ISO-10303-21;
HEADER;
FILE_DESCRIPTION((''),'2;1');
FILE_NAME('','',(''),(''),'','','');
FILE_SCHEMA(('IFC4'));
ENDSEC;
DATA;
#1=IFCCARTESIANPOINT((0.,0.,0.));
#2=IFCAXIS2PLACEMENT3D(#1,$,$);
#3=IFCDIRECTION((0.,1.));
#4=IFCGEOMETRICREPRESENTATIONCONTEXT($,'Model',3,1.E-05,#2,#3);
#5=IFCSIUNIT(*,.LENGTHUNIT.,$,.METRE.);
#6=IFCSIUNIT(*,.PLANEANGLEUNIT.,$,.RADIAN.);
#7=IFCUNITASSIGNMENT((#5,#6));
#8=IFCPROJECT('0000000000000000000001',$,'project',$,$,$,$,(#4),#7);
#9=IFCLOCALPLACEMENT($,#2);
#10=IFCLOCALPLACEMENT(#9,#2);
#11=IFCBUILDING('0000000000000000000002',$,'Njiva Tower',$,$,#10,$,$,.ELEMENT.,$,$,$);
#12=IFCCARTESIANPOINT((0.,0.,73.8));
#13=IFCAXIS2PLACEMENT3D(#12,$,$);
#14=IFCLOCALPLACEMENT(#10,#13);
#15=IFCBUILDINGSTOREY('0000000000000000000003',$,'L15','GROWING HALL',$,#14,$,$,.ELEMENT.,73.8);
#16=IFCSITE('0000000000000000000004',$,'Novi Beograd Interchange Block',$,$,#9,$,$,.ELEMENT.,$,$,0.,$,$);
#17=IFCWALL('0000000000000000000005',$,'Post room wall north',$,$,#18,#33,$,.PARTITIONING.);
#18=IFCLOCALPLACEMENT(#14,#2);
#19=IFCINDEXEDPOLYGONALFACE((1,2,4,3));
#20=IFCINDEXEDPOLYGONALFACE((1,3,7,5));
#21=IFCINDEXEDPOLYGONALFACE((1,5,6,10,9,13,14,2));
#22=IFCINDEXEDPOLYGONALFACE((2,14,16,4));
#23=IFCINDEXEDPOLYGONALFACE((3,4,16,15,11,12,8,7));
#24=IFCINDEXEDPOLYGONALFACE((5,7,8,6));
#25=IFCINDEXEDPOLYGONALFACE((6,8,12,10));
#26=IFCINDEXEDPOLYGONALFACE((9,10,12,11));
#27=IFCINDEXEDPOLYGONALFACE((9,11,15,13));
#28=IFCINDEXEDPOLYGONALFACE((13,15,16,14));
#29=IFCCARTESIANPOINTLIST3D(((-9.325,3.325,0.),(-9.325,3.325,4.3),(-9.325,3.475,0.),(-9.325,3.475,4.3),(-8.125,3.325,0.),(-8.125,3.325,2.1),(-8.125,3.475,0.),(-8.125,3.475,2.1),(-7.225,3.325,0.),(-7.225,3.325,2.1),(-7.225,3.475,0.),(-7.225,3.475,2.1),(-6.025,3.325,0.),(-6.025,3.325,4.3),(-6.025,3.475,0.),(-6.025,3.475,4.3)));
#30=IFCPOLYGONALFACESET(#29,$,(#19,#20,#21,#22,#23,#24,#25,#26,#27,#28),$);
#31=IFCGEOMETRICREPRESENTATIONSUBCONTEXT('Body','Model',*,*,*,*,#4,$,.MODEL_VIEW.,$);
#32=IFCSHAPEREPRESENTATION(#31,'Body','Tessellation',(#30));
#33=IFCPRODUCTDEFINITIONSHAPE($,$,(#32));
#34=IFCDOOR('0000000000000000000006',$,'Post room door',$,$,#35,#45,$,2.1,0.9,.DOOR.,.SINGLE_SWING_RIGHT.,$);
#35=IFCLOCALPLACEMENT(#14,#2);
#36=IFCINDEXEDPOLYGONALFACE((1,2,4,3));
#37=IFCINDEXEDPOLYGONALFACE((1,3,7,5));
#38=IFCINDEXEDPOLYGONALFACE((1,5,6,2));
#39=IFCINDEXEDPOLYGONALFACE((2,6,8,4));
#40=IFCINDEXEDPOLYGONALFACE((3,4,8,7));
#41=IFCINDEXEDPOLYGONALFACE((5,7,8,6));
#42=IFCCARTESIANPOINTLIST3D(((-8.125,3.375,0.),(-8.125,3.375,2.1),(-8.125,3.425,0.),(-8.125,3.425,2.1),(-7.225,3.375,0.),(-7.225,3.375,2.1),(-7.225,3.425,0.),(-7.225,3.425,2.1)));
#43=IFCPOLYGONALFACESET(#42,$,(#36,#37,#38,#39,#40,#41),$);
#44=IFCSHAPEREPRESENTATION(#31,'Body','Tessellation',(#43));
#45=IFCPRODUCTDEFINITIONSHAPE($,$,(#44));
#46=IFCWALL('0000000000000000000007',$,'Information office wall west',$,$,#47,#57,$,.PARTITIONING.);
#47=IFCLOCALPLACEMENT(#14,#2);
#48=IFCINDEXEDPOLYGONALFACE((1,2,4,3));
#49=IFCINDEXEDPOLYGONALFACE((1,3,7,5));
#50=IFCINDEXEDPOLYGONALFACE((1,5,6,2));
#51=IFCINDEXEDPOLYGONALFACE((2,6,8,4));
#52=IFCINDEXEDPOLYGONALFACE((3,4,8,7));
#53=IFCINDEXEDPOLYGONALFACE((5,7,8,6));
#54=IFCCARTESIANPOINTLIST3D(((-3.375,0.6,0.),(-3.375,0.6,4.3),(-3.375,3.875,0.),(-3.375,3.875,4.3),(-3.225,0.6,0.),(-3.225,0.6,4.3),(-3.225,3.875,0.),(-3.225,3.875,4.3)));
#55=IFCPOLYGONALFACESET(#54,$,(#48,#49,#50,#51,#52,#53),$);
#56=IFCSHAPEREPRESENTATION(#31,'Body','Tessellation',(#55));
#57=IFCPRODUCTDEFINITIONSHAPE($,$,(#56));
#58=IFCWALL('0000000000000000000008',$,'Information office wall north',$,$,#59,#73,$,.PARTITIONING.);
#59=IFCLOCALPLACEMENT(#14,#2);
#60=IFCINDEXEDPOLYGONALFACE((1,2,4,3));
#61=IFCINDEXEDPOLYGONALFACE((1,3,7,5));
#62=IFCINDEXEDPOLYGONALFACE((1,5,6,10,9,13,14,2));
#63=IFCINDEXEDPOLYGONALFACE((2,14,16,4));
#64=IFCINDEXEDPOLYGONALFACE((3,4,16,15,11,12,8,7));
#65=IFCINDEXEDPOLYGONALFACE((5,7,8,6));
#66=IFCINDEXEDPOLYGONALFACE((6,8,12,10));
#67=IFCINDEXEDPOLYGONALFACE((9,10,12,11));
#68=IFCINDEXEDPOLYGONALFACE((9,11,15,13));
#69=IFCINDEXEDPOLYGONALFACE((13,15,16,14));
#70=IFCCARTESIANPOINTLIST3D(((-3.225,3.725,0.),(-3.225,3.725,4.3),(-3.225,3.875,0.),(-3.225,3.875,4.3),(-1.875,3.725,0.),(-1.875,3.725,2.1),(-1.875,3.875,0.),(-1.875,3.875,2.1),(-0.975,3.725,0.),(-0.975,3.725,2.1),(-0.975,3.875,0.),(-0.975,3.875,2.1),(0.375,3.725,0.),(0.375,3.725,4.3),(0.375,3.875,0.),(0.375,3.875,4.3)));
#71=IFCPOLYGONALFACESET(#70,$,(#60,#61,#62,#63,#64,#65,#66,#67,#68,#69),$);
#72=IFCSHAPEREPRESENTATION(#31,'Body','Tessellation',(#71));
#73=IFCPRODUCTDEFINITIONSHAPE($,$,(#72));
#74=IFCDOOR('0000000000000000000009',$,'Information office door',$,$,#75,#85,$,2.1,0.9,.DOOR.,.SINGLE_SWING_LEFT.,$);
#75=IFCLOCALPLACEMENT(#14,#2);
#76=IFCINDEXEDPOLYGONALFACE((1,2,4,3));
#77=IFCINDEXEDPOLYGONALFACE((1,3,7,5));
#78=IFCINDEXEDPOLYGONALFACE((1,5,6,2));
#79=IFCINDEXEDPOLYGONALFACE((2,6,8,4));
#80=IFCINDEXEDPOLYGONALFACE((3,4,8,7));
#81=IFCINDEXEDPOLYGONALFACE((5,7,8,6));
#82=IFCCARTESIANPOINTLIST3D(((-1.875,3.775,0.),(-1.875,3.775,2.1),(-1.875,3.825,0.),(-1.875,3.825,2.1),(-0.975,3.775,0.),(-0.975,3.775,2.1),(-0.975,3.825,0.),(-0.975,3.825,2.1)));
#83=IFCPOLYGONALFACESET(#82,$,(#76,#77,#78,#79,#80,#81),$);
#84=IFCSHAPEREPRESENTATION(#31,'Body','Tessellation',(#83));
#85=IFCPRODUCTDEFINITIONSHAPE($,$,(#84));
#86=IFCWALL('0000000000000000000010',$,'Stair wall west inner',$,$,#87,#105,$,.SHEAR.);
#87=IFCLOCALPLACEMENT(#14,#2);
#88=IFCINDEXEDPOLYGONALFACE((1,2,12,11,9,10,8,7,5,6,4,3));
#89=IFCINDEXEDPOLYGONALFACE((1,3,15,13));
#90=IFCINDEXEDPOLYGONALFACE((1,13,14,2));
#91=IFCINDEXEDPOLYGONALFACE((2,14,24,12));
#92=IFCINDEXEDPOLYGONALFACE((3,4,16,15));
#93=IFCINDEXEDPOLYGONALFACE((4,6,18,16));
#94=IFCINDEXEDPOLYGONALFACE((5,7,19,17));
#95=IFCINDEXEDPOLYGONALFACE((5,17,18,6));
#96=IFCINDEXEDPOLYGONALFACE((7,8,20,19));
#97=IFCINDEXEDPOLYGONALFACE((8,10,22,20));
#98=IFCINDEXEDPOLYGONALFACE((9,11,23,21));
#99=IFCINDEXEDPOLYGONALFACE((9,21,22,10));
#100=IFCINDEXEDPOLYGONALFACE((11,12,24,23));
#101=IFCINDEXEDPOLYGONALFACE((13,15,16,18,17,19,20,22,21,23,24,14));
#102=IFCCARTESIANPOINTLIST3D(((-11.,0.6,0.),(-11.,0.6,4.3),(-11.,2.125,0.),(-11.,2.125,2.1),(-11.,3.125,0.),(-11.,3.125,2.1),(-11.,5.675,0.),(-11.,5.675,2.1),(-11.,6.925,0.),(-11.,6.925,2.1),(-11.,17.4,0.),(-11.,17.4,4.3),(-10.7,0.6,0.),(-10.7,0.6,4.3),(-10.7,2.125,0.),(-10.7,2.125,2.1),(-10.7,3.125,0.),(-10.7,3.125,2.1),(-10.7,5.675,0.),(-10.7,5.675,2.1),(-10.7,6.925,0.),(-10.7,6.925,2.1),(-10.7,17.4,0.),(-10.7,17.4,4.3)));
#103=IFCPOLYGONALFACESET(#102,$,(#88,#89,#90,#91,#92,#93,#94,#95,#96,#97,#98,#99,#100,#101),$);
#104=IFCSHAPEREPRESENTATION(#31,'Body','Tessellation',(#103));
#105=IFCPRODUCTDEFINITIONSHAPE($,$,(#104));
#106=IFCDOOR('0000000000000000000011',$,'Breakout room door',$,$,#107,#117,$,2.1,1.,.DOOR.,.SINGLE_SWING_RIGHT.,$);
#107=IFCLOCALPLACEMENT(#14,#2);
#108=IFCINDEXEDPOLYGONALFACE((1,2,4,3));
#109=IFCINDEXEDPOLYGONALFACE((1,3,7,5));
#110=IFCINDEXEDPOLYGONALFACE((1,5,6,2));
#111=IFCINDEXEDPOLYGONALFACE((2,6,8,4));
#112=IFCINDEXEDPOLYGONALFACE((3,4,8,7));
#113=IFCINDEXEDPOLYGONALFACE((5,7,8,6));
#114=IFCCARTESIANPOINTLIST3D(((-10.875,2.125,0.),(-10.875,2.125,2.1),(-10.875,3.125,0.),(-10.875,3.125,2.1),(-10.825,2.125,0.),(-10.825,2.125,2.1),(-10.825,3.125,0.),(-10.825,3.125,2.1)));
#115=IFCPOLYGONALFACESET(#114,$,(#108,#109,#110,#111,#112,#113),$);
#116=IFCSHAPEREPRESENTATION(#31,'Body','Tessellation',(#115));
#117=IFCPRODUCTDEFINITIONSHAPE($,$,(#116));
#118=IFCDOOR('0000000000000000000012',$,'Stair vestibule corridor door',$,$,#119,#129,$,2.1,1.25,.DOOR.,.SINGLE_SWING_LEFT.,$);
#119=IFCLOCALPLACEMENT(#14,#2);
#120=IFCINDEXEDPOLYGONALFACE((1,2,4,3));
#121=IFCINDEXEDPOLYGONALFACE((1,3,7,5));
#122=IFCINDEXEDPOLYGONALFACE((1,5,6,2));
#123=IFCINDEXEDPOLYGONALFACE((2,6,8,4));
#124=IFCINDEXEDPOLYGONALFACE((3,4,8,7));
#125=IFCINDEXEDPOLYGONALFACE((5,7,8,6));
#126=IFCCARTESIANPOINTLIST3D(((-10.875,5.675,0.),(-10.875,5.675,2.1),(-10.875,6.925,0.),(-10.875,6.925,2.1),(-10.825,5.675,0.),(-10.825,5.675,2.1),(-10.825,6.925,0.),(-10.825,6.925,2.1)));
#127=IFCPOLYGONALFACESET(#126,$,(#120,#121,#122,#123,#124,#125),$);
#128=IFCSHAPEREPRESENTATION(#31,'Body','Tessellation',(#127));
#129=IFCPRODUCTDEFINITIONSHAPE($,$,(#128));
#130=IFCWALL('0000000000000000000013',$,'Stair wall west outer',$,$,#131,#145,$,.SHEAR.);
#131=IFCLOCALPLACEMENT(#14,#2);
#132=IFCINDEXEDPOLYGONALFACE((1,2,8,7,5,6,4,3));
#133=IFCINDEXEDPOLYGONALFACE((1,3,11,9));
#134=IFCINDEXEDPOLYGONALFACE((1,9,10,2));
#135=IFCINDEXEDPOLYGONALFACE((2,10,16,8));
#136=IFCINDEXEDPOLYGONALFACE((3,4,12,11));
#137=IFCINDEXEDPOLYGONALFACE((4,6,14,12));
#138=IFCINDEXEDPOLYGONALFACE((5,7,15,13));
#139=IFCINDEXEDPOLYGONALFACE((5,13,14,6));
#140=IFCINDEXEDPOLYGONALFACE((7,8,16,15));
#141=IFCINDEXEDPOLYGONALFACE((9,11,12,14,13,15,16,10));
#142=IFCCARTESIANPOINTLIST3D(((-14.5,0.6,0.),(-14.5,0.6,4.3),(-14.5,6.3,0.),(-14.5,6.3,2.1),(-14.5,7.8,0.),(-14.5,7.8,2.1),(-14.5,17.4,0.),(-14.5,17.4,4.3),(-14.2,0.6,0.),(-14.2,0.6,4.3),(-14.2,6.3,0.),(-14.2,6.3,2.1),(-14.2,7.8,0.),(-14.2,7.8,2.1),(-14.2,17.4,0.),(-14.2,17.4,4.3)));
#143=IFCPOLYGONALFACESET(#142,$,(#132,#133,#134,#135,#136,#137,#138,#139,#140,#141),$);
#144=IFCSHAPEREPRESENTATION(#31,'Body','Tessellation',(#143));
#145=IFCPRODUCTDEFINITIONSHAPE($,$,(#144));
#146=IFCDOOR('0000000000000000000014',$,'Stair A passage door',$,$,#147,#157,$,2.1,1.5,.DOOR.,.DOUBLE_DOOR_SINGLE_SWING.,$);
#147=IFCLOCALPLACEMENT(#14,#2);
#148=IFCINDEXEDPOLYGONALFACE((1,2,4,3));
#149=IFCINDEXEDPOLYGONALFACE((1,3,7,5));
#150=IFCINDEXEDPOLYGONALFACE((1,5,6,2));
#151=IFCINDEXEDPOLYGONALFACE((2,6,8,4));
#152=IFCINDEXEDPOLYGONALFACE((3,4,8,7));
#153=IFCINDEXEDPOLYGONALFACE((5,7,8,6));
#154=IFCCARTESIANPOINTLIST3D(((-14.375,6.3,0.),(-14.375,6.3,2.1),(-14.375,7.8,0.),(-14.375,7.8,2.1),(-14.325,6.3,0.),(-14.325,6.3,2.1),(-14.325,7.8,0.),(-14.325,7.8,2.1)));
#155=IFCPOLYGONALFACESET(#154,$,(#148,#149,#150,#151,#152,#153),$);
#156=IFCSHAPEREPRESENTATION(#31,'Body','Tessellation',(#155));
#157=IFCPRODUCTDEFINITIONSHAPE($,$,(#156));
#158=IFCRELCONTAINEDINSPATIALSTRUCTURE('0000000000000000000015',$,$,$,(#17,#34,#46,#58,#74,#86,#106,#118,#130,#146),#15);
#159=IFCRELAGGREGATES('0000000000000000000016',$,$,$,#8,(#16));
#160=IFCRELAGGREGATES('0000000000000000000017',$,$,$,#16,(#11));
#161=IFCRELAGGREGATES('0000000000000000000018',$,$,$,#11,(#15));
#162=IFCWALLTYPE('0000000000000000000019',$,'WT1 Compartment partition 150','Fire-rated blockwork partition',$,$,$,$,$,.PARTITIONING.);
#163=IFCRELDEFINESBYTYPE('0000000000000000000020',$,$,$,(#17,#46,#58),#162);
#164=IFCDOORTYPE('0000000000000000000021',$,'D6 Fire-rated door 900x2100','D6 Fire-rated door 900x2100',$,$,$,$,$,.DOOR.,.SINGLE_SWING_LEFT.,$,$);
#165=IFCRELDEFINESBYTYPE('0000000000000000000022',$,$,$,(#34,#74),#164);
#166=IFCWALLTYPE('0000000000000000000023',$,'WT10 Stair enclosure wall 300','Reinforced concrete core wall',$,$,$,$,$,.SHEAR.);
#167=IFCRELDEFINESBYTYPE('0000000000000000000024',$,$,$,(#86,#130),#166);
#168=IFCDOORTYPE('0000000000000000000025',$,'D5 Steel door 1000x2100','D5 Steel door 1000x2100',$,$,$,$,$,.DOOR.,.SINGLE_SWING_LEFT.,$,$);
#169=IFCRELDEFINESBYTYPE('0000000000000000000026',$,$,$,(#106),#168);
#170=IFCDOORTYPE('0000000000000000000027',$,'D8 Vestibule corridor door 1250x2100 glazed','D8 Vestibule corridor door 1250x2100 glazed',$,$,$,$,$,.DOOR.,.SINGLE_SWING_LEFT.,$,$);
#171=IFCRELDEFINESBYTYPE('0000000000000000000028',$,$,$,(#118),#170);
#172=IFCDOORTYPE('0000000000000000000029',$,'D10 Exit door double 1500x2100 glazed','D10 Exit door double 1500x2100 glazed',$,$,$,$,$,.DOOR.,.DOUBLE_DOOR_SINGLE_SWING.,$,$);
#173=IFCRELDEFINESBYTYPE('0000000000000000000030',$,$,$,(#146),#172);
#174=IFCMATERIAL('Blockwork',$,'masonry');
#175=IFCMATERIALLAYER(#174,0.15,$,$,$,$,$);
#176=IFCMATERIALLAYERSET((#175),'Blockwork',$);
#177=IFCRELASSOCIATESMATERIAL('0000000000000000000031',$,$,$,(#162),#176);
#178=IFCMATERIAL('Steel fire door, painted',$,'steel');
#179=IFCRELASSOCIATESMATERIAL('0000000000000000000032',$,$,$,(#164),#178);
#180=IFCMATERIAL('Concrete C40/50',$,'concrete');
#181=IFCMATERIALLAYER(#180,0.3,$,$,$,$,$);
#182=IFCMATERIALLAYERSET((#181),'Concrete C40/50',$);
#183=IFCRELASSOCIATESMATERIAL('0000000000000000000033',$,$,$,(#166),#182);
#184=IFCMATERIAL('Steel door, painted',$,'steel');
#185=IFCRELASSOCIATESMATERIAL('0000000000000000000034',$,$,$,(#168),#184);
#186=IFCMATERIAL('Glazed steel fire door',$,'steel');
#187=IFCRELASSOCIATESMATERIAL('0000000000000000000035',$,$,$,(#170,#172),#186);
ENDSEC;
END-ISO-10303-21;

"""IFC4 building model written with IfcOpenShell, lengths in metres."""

from ifc_helpers import new_model, si_unit, direction, frame, frame_2d, origin, place, context, subcontext, project, spatial, rectangle, extrude, material, layer, layer_set, type_object, element, fill, save


model = new_model("IFC4")

# Units and contexts
model_context = context("Model", 3, precision=1e-05, world=origin(), true_north=direction((0.0, 1.0)))
body_context = subcontext(model_context, "Body", "Model", "MODEL_VIEW")
ifc_project = project(units=[si_unit("LENGTHUNIT", "METRE"), si_unit("PLANEANGLEUNIT", "RADIAN")], contexts=[model_context])

# Site, building, storey
site_placement = place(None, origin())
site = spatial("IfcSite", under=ifc_project, at=site_placement, Name="Novi Beograd Interchange Block", CompositionType="ELEMENT", RefElevation=0.0)
building_placement = place(site_placement, origin())
building = spatial("IfcBuilding", under=site, at=building_placement, Name="Njiva Tower", CompositionType="ELEMENT")
storey_placement = place(building_placement, frame((0.0, 0.0, 73.8)))
storey = spatial("IfcBuildingStorey", under=building, at=storey_placement, Name="L15", Description="GROWING HALL", CompositionType="ELEMENT", Elevation=73.8)

# Shared definitions
ifc_material_1 = material(Name="Blockwork", Category="masonry")
ifc_layer_1 = layer(ifc_material_1, 0.15)
ifc_layer_set_1 = layer_set([ifc_layer_1], Name="Blockwork")
wall_type_1 = type_object("IfcWallType", Name="WT1 Compartment partition 150", Description="Fire-rated blockwork partition", PredefinedType="PARTITIONING", material=ifc_layer_set_1)

# Wall, opening, door
wall_1_placement = place(storey_placement, frame((-9.325, 3.4, 0.0), z_axis=(0.0, 0.0, 1.0), x_axis=(1.0, 0.0, 0.0)))
wall_1 = element("IfcWall", 1, at=wall_1_placement, inside=storey, type_object=wall_type_1, Name="Post room wall north", PredefinedType="PARTITIONING", context=body_context, shape_type="SweptSolid", body=[
    extrude(rectangle(XDim=3.3, YDim=0.15, at=frame_2d((1.65, 0.0))), origin(), (0.0, 0.0, 1.0), 4.3),
])
opening_1_placement = place(wall_1_placement, frame((1.2, 0.0, 0.0)))
opening_1 = element("IfcOpeningElement", 2, at=opening_1_placement, cuts=wall_1, PredefinedType="OPENING", context=body_context, shape_type="SweptSolid", body=[
    extrude(rectangle(XDim=0.9, YDim=2.1, at=frame_2d((0.45, 1.05))), frame((0.0, 0.085, 0.0), z_axis=(0.0, -1.0, 0.0), x_axis=(1.0, 0.0, 0.0)), (0.0, 0.0, 1.0), 0.17),
])
ifc_material_2 = material(Name="Steel fire door, painted", Category="steel")
door_type_1 = type_object("IfcDoorType", Name="D6 Fire-rated door 900x2100", Description="D6 Fire-rated door 900x2100", OperationType="SINGLE_SWING_LEFT", PredefinedType="DOOR", material=ifc_material_2)
door_1_placement = place(opening_1_placement, origin())
door_1 = element("IfcDoor", 3, at=door_1_placement, inside=storey, type_object=door_type_1, Name="Post room door", OperationType="SINGLE_SWING_RIGHT", OverallHeight=2.1, OverallWidth=0.9, PredefinedType="DOOR", context=body_context, shape_type="SweptSolid", body=[
    extrude(rectangle(XDim=0.9, YDim=2.1, at=frame_2d((0.45, 1.05))), frame((0.0, 0.025, 0.0), z_axis=(0.0, -1.0, 0.0), x_axis=(1.0, 0.0, 0.0)), (0.0, 0.0, 1.0), 0.05),
])
fill(opening_1, door_1)

# Wall
wall_2_placement = place(storey_placement, frame((-3.3, 0.6, 0.0), z_axis=(0.0, 0.0, 1.0), x_axis=(0.0, 1.0, 0.0)))
element("IfcWall", 4, at=wall_2_placement, inside=storey, type_object=wall_type_1, Name="Information office wall west", PredefinedType="PARTITIONING", context=body_context, shape_type="SweptSolid", body=[
    extrude(rectangle(XDim=3.275, YDim=0.15, at=frame_2d((1.6375, 0.0))), origin(), (0.0, 0.0, 1.0), 4.3),
])

# Wall, opening, door
wall_3_placement = place(storey_placement, frame((-3.225, 3.8, 0.0), z_axis=(0.0, 0.0, 1.0), x_axis=(1.0, 0.0, 0.0)))
wall_3 = element("IfcWall", 5, at=wall_3_placement, inside=storey, type_object=wall_type_1, Name="Information office wall north", PredefinedType="PARTITIONING", context=body_context, shape_type="SweptSolid", body=[
    extrude(rectangle(XDim=3.6, YDim=0.15, at=frame_2d((1.8, 0.0))), origin(), (0.0, 0.0, 1.0), 4.3),
])
opening_2_placement = place(wall_3_placement, frame((1.35, 0.0, 0.0)))
opening_2 = element("IfcOpeningElement", 6, at=opening_2_placement, cuts=wall_3, PredefinedType="OPENING", context=body_context, shape_type="SweptSolid", body=[
    extrude(rectangle(XDim=0.9, YDim=2.1, at=frame_2d((0.45, 1.05))), frame((0.0, 0.085, 0.0), z_axis=(0.0, -1.0, 0.0), x_axis=(1.0, 0.0, 0.0)), (0.0, 0.0, 1.0), 0.17),
])
door_2_placement = place(opening_2_placement, origin())
door_2 = element("IfcDoor", 7, at=door_2_placement, inside=storey, type_object=door_type_1, Name="Information office door", OperationType="SINGLE_SWING_LEFT", OverallHeight=2.1, OverallWidth=0.9, PredefinedType="DOOR", context=body_context, shape_type="SweptSolid", body=[
    extrude(rectangle(XDim=0.9, YDim=2.1, at=frame_2d((0.45, 1.05))), frame((0.0, 0.025, 0.0), z_axis=(0.0, -1.0, 0.0), x_axis=(1.0, 0.0, 0.0)), (0.0, 0.0, 1.0), 0.05),
])
fill(opening_2, door_2)

# Wall, openings, doors
ifc_material_3 = material(Name="Concrete C40/50", Category="concrete")
ifc_layer_2 = layer(ifc_material_3, 0.3)
ifc_layer_set_2 = layer_set([ifc_layer_2], Name="Concrete C40/50")
wall_type_2 = type_object("IfcWallType", Name="WT10 Stair enclosure wall 300", Description="Reinforced concrete core wall", PredefinedType="SHEAR", material=ifc_layer_set_2)
wall_4_placement = place(storey_placement, frame((-10.85, 0.6, 0.0), z_axis=(0.0, 0.0, 1.0), x_axis=(0.0, 1.0, 0.0)))
wall_4 = element("IfcWall", 8, at=wall_4_placement, inside=storey, type_object=wall_type_2, Name="Stair wall west inner", PredefinedType="SHEAR", context=body_context, shape_type="SweptSolid", body=[
    extrude(rectangle(XDim=16.8, YDim=0.3, at=frame_2d((8.4, 0.0))), origin(), (0.0, 0.0, 1.0), 4.3),
])
opening_3_placement = place(wall_4_placement, frame((5.075, 0.0, 0.0)))
opening_3 = element("IfcOpeningElement", 9, at=opening_3_placement, cuts=wall_4, PredefinedType="OPENING", context=body_context, shape_type="SweptSolid", body=[
    extrude(rectangle(XDim=1.25, YDim=2.1, at=frame_2d((0.625, 1.05))), frame((0.0, 0.16, 0.0), z_axis=(0.0, -1.0, 0.0), x_axis=(1.0, 0.0, 0.0)), (0.0, 0.0, 1.0), 0.32),
])
opening_4_placement = place(wall_4_placement, frame((1.525, 0.0, 0.0)))
opening_4 = element("IfcOpeningElement", 10, at=opening_4_placement, cuts=wall_4, PredefinedType="OPENING", context=body_context, shape_type="SweptSolid", body=[
    extrude(rectangle(XDim=1.0, YDim=2.1, at=frame_2d((0.5, 1.05))), frame((0.0, 0.16, 0.0), z_axis=(0.0, -1.0, 0.0), x_axis=(1.0, 0.0, 0.0)), (0.0, 0.0, 1.0), 0.32),
])
ifc_material_4 = material(Name="Steel door, painted", Category="steel")
door_type_2 = type_object("IfcDoorType", Name="D5 Steel door 1000x2100", Description="D5 Steel door 1000x2100", OperationType="SINGLE_SWING_LEFT", PredefinedType="DOOR", material=ifc_material_4)
door_3_placement = place(opening_4_placement, origin())
door_3 = element("IfcDoor", 11, at=door_3_placement, inside=storey, type_object=door_type_2, Name="Breakout room door", OperationType="SINGLE_SWING_RIGHT", OverallHeight=2.1, OverallWidth=1.0, PredefinedType="DOOR", context=body_context, shape_type="SweptSolid", body=[
    extrude(rectangle(XDim=1.0, YDim=2.1, at=frame_2d((0.5, 1.05))), frame((0.0, 0.025, 0.0), z_axis=(0.0, -1.0, 0.0), x_axis=(1.0, 0.0, 0.0)), (0.0, 0.0, 1.0), 0.05),
])
fill(opening_4, door_3)
ifc_material_5 = material(Name="Glazed steel fire door", Category="steel")
door_type_3 = type_object("IfcDoorType", Name="D8 Vestibule corridor door 1250x2100 glazed", Description="D8 Vestibule corridor door 1250x2100 glazed", OperationType="SINGLE_SWING_LEFT", PredefinedType="DOOR", material=ifc_material_5)
door_4_placement = place(opening_3_placement, origin())
door_4 = element("IfcDoor", 12, at=door_4_placement, inside=storey, type_object=door_type_3, Name="Stair vestibule corridor door", OperationType="SINGLE_SWING_LEFT", OverallHeight=2.1, OverallWidth=1.25, PredefinedType="DOOR", context=body_context, shape_type="SweptSolid", body=[
    extrude(rectangle(XDim=1.25, YDim=2.1, at=frame_2d((0.625, 1.05))), frame((0.0, 0.025, 0.0), z_axis=(0.0, -1.0, 0.0), x_axis=(1.0, 0.0, 0.0)), (0.0, 0.0, 1.0), 0.05),
])
fill(opening_3, door_4)

# Wall, opening, door
wall_5_placement = place(storey_placement, frame((-14.35, 0.6, 0.0), z_axis=(0.0, 0.0, 1.0), x_axis=(0.0, 1.0, 0.0)))
wall_5 = element("IfcWall", 13, at=wall_5_placement, inside=storey, type_object=wall_type_2, Name="Stair wall west outer", PredefinedType="SHEAR", context=body_context, shape_type="SweptSolid", body=[
    extrude(rectangle(XDim=16.8, YDim=0.3, at=frame_2d((8.4, 0.0))), origin(), (0.0, 0.0, 1.0), 4.3),
])
opening_5_placement = place(wall_5_placement, frame((5.7, 0.0, 0.0)))
opening_5 = element("IfcOpeningElement", 14, at=opening_5_placement, cuts=wall_5, PredefinedType="OPENING", context=body_context, shape_type="SweptSolid", body=[
    extrude(rectangle(XDim=1.5, YDim=2.1, at=frame_2d((0.75, 1.05))), frame((0.0, 0.16, 0.0), z_axis=(0.0, -1.0, 0.0), x_axis=(1.0, 0.0, 0.0)), (0.0, 0.0, 1.0), 0.32),
])
door_type_4 = type_object("IfcDoorType", Name="D10 Exit door double 1500x2100 glazed", Description="D10 Exit door double 1500x2100 glazed", OperationType="DOUBLE_DOOR_SINGLE_SWING", PredefinedType="DOOR", material=ifc_material_5)
door_5_placement = place(opening_5_placement, origin())
door_5 = element("IfcDoor", 15, at=door_5_placement, inside=storey, type_object=door_type_4, Name="Stair A passage door", OperationType="DOUBLE_DOOR_SINGLE_SWING", OverallHeight=2.1, OverallWidth=1.5, PredefinedType="DOOR", context=body_context, shape_type="SweptSolid", body=[
    extrude(rectangle(XDim=1.5, YDim=2.1, at=frame_2d((0.75, 1.05))), frame((0.0, 0.025, 0.0), z_axis=(0.0, -1.0, 0.0), x_axis=(1.0, 0.0, 0.0)), (0.0, 0.0, 1.0), 0.05),
])
fill(opening_5, door_5)

save(model, "model.ifc")
